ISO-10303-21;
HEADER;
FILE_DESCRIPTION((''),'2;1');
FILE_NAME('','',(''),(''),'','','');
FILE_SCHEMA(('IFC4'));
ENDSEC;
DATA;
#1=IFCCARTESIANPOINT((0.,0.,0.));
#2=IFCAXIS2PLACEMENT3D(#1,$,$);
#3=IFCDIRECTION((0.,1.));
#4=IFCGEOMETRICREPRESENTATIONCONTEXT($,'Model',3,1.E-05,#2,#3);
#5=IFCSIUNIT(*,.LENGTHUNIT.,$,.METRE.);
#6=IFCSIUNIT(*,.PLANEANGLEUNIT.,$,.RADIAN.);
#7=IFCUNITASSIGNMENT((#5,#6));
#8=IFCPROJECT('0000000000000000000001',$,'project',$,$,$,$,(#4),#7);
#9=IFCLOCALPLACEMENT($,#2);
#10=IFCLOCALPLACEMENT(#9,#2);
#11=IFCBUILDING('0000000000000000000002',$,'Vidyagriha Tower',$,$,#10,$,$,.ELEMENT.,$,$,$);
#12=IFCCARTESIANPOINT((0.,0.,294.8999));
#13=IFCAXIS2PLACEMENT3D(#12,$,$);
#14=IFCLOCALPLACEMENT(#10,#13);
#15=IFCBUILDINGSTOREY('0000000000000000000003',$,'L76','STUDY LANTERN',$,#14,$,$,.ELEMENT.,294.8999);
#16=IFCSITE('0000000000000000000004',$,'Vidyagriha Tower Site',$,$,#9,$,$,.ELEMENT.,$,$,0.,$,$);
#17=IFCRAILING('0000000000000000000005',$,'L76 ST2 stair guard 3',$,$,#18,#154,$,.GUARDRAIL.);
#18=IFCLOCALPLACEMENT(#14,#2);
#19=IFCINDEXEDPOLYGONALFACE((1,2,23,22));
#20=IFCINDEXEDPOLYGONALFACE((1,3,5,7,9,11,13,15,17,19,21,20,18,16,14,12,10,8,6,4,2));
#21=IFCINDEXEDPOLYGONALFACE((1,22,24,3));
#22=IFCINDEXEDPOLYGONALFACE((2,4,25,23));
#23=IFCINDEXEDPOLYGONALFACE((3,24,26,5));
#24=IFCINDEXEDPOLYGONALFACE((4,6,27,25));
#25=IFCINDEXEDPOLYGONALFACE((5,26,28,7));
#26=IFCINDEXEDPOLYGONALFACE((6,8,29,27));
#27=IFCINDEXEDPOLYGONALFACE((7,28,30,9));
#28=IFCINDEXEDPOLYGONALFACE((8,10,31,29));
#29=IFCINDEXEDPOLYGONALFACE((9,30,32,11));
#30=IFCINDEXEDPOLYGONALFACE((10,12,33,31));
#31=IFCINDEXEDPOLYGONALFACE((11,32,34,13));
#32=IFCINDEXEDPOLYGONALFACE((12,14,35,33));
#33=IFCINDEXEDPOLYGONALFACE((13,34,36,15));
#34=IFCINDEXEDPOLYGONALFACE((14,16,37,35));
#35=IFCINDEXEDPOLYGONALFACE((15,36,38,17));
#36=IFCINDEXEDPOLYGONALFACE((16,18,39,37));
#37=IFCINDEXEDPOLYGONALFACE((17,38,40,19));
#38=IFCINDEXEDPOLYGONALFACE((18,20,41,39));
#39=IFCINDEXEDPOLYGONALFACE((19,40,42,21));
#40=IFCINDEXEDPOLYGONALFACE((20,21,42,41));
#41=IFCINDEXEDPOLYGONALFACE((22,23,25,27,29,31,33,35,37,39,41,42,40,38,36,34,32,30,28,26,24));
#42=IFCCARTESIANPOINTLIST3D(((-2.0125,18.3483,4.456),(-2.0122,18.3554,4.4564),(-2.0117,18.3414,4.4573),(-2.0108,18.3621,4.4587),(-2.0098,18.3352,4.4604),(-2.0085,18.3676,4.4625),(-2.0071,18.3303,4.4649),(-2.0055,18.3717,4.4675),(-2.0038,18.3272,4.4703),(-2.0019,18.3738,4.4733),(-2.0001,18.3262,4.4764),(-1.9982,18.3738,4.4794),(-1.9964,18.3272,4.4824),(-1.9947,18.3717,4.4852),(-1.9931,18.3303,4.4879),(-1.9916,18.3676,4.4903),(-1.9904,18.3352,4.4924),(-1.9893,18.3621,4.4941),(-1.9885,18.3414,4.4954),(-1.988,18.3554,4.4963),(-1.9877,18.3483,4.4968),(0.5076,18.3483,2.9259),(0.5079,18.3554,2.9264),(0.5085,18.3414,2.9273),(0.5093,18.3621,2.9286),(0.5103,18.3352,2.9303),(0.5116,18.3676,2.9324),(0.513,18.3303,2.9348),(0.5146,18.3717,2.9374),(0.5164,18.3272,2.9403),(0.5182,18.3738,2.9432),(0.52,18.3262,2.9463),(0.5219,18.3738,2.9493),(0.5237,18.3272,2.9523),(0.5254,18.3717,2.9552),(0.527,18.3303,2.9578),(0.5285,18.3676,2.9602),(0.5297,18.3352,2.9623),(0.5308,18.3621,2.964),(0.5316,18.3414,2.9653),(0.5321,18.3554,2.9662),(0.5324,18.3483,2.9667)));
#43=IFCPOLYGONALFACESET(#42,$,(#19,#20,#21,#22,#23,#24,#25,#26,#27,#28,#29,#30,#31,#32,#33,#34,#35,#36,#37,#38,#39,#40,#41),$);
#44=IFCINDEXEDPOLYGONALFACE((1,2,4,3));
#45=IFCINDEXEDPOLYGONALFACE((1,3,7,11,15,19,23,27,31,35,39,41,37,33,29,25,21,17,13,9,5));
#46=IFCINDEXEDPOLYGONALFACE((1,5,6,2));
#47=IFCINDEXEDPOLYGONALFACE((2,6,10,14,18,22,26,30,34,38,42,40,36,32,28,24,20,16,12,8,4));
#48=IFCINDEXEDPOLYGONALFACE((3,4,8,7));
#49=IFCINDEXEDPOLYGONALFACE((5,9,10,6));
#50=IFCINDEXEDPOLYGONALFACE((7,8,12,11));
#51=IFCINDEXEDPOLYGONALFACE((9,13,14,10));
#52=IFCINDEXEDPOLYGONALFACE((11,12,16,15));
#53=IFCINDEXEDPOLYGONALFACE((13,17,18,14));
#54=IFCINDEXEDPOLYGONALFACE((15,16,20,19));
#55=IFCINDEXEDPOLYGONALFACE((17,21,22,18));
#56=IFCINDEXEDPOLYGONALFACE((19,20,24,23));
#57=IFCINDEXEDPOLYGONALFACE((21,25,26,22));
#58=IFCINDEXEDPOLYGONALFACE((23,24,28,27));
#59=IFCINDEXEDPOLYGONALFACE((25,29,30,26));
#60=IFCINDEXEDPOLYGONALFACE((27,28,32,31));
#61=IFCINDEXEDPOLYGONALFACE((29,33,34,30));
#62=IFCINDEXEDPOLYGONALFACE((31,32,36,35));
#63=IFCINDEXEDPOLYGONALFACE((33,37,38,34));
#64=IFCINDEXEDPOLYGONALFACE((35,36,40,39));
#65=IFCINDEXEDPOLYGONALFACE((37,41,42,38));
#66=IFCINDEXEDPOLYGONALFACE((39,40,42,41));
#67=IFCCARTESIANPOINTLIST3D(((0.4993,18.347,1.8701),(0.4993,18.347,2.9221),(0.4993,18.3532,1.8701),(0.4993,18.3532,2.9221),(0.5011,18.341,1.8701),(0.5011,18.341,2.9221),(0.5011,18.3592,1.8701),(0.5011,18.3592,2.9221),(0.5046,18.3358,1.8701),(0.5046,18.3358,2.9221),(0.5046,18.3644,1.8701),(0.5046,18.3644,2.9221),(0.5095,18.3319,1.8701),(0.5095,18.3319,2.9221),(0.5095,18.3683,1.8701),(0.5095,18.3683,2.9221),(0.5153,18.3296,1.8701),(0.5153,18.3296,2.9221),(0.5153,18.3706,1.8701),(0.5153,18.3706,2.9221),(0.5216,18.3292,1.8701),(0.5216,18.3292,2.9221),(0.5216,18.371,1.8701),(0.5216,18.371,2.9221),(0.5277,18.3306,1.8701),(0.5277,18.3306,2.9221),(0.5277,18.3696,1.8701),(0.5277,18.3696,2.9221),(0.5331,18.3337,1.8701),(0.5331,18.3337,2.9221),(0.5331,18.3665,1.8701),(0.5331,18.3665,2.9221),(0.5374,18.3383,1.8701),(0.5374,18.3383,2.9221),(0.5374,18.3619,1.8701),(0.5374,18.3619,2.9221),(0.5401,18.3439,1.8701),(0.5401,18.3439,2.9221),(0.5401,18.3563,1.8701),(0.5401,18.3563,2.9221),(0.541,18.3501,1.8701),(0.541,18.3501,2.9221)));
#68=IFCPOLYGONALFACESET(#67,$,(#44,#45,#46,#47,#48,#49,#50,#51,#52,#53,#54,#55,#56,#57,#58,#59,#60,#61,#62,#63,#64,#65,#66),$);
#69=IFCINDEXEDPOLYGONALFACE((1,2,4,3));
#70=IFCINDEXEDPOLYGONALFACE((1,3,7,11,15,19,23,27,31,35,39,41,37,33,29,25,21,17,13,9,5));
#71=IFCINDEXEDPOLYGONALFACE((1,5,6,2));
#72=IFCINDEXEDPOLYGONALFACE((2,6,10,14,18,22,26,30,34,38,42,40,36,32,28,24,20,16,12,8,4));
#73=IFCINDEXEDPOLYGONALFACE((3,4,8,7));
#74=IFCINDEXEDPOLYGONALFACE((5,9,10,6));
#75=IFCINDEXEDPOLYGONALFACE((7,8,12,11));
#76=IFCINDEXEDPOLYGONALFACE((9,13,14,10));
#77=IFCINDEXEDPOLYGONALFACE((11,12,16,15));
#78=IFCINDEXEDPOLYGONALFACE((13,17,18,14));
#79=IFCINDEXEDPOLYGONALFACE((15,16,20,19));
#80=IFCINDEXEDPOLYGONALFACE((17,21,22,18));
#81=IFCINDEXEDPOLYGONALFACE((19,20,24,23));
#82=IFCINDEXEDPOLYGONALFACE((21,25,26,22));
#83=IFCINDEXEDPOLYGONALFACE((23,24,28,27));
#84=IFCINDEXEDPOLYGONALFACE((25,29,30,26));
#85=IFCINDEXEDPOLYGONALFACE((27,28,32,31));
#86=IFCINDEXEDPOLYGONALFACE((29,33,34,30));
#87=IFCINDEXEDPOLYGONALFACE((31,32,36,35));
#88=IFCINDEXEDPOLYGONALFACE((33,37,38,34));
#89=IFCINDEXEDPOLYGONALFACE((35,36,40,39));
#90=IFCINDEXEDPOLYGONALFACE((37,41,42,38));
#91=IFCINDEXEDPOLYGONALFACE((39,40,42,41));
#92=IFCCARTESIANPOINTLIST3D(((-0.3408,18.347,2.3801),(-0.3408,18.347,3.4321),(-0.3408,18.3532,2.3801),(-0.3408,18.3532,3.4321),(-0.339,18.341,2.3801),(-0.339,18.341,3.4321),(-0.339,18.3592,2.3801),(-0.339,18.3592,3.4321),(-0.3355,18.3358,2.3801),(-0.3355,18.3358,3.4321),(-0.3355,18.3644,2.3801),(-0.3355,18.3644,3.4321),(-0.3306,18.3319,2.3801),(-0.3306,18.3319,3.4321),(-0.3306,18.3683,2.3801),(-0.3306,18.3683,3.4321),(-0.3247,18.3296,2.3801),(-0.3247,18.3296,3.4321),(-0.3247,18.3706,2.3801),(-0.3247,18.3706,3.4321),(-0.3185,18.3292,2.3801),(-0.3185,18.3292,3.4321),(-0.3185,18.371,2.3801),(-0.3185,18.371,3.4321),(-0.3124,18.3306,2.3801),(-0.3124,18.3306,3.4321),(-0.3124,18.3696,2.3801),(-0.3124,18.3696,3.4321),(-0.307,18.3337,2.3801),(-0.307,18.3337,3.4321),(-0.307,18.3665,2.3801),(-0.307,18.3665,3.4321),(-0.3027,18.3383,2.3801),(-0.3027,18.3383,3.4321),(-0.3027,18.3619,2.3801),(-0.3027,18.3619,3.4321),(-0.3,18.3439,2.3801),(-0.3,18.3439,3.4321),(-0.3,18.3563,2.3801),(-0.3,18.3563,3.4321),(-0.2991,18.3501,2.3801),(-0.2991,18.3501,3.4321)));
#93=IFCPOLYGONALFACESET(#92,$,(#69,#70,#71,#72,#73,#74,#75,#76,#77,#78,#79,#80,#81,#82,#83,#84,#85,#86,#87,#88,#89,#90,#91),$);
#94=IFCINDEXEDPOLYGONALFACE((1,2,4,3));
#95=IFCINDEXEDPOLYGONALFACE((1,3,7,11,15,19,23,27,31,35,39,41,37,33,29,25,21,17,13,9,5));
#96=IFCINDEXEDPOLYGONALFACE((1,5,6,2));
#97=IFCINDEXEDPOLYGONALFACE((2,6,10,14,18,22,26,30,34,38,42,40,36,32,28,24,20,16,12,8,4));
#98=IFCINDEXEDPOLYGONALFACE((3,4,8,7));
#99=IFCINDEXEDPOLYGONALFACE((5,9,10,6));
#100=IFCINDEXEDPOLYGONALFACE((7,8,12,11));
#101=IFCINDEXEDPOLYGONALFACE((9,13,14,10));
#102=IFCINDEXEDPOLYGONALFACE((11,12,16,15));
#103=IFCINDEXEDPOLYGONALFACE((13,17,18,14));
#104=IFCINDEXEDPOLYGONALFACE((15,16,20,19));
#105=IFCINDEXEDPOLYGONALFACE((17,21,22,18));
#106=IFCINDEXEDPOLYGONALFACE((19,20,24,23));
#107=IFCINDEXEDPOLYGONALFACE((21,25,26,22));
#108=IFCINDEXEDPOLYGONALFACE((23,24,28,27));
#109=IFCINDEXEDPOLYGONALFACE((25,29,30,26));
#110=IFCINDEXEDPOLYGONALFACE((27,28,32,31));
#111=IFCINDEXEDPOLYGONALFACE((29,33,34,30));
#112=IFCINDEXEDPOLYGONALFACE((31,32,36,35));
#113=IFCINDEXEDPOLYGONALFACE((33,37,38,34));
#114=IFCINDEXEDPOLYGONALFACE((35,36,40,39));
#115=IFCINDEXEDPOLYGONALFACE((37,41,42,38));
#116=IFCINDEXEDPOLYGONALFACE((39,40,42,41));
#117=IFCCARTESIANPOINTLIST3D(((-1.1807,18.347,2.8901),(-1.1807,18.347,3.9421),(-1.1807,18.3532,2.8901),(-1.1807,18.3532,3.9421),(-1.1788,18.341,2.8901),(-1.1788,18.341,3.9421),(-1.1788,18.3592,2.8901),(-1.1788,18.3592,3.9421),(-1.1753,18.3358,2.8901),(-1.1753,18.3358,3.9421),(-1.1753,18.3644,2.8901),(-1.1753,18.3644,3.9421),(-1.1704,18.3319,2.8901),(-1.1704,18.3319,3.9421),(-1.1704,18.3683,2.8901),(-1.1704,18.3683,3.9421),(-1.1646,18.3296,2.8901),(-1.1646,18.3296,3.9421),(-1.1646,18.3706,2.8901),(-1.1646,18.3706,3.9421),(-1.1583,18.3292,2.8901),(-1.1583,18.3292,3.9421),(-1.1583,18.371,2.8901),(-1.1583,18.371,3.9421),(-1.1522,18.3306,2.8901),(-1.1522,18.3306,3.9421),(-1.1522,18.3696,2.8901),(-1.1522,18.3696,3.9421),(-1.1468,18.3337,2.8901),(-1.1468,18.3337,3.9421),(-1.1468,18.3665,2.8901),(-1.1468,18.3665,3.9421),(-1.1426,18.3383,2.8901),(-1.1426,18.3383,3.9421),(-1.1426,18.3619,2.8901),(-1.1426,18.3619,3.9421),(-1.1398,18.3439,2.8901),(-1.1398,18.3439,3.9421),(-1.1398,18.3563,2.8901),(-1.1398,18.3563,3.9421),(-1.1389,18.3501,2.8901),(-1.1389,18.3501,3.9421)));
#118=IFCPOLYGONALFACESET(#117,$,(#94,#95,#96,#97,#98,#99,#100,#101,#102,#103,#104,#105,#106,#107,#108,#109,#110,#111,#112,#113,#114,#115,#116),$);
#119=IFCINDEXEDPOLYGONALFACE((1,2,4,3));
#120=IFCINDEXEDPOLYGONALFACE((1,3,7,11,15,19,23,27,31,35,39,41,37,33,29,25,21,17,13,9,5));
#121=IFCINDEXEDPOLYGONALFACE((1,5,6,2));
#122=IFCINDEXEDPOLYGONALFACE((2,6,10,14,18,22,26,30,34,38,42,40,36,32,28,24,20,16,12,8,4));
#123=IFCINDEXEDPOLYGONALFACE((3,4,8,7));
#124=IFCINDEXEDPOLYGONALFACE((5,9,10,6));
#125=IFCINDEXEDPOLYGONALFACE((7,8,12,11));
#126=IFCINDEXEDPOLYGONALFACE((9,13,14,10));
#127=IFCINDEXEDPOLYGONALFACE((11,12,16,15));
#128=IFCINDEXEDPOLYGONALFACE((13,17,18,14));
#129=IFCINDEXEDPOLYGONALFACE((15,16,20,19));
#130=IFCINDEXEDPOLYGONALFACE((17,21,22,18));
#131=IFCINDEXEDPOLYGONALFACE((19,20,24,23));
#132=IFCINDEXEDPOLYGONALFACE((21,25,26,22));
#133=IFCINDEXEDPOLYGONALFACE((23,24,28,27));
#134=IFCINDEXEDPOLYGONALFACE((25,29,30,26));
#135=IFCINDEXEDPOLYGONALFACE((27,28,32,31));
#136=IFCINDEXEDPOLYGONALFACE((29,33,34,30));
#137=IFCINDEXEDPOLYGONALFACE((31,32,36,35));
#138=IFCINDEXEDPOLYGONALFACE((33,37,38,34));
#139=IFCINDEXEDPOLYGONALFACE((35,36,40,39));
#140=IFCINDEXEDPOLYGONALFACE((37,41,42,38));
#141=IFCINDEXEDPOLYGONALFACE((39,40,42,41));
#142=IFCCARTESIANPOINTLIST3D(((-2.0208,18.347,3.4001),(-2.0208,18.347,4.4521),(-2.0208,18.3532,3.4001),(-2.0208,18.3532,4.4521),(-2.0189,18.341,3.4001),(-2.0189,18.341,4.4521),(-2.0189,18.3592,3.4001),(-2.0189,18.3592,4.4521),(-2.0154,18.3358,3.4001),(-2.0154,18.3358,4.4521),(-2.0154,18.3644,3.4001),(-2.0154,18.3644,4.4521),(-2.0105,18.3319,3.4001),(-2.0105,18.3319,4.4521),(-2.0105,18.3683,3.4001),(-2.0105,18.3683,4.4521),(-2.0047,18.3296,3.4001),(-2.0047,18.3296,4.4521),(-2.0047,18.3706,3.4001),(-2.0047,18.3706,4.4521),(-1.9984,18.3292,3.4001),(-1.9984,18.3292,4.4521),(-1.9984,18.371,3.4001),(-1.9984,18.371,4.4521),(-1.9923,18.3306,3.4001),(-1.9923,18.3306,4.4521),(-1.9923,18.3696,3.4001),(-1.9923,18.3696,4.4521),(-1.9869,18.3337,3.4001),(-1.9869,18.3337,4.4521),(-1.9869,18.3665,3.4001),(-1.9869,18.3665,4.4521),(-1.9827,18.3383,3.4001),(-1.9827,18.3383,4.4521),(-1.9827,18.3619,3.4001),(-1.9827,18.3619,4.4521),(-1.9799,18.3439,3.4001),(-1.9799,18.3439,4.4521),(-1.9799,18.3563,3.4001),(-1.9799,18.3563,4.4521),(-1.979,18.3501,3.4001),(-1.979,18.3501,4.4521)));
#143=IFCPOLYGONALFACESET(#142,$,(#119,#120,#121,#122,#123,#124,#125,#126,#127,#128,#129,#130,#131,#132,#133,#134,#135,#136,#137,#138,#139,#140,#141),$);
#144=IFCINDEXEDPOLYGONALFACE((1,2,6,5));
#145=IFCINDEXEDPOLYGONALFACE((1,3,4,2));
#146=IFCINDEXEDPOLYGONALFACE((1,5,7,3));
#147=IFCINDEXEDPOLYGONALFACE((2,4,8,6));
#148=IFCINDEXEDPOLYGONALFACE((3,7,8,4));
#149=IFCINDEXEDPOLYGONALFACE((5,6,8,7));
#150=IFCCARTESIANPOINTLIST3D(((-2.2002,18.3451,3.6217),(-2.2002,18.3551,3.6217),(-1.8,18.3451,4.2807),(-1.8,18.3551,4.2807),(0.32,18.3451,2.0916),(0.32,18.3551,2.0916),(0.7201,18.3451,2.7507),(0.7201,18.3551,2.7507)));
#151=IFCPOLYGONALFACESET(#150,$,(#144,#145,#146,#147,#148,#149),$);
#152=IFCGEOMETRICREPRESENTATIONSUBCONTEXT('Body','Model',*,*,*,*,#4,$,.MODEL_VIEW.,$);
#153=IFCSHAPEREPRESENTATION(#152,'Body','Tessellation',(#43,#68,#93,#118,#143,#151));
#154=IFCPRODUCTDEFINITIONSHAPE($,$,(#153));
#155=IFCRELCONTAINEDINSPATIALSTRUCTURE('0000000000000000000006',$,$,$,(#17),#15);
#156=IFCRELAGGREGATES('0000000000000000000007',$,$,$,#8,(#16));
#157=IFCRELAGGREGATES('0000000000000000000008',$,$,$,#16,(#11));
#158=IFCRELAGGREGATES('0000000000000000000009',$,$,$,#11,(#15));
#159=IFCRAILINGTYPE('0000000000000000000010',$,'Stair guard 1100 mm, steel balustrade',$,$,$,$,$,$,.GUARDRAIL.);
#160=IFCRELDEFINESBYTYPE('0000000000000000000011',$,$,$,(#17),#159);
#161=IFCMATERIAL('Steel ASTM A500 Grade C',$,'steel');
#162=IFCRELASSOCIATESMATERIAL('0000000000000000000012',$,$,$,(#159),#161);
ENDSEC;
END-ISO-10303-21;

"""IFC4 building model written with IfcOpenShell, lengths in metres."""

from ifc_helpers import new_model, si_unit, direction, frame, origin, origin_2d, place, context, subcontext, project, spatial, rectangle, circle, extrude, material, type_object, element, save


model = new_model("IFC4")

# Units and contexts
model_context = context("Model", 3, precision=1e-05, world=origin(), true_north=direction((0.0, 1.0)))
body_context = subcontext(model_context, "Body", "Model", "MODEL_VIEW")
ifc_project = project(units=[si_unit("LENGTHUNIT", "METRE"), si_unit("PLANEANGLEUNIT", "RADIAN")], contexts=[model_context])

# Site, building, storey
site_placement = place(None, origin())
site = spatial("IfcSite", under=ifc_project, at=site_placement, Name="Vidyagriha Tower Site", CompositionType="ELEMENT", RefElevation=0.0)
building_placement = place(site_placement, origin())
building = spatial("IfcBuilding", under=site, at=building_placement, Name="Vidyagriha Tower", CompositionType="ELEMENT")
storey_placement = place(building_placement, frame((0.0, 0.0, 294.8999)))
storey = spatial("IfcBuildingStorey", under=building, at=storey_placement, Name="L76", Description="STUDY LANTERN", CompositionType="ELEMENT", Elevation=294.8999)

# Railing
ifc_material_1 = material(Name="Steel ASTM A500 Grade C", Category="steel")
railing_type_1 = type_object("IfcRailingType", Name="Stair guard 1100 mm, steel balustrade", PredefinedType="GUARDRAIL", material=ifc_material_1)
railing_1_placement = place(storey_placement, frame((0.52, 18.3501, 1.8701)))
element("IfcRailing", 1, at=railing_1_placement, inside=storey, type_object=railing_type_1, Name="L76 ST2 stair guard 3", PredefinedType="GUARDRAIL", context=body_context, shape_type="SweptSolid", body=[
    extrude(circle(Radius=0.0239, at=origin_2d()), frame((0.0, 0.0, 1.0762), z_axis=(-0.854785, 0.0, 0.518982), x_axis=(0.0, -1.0, 0.0)), (0.0, 0.0, 1.0), 2.9482),
    extrude(circle(Radius=0.021, at=origin_2d()), origin(), (0.0, 0.0, 1.0), 1.052),
    extrude(circle(Radius=0.021, at=origin_2d()), frame((-0.8401, 0.0, 0.51)), (0.0, 0.0, 1.0), 1.052),
    extrude(circle(Radius=0.021, at=origin_2d()), frame((-1.6799, 0.0, 1.02)), (0.0, 0.0, 1.0), 1.052),
    extrude(circle(Radius=0.021, at=origin_2d()), frame((-2.52, 0.0, 1.53)), (0.0, 0.0, 1.0), 1.052),
    extrude(rectangle(XDim=0.01, YDim=0.771, at=origin_2d()), frame((0.0, 0.0, 0.551), z_axis=(-0.854785, 0.0, 0.518982), x_axis=(0.0, -1.0, 0.0)), (0.0, 0.0, 1.0), 2.9482),
])

save(model, "model.ifc")
